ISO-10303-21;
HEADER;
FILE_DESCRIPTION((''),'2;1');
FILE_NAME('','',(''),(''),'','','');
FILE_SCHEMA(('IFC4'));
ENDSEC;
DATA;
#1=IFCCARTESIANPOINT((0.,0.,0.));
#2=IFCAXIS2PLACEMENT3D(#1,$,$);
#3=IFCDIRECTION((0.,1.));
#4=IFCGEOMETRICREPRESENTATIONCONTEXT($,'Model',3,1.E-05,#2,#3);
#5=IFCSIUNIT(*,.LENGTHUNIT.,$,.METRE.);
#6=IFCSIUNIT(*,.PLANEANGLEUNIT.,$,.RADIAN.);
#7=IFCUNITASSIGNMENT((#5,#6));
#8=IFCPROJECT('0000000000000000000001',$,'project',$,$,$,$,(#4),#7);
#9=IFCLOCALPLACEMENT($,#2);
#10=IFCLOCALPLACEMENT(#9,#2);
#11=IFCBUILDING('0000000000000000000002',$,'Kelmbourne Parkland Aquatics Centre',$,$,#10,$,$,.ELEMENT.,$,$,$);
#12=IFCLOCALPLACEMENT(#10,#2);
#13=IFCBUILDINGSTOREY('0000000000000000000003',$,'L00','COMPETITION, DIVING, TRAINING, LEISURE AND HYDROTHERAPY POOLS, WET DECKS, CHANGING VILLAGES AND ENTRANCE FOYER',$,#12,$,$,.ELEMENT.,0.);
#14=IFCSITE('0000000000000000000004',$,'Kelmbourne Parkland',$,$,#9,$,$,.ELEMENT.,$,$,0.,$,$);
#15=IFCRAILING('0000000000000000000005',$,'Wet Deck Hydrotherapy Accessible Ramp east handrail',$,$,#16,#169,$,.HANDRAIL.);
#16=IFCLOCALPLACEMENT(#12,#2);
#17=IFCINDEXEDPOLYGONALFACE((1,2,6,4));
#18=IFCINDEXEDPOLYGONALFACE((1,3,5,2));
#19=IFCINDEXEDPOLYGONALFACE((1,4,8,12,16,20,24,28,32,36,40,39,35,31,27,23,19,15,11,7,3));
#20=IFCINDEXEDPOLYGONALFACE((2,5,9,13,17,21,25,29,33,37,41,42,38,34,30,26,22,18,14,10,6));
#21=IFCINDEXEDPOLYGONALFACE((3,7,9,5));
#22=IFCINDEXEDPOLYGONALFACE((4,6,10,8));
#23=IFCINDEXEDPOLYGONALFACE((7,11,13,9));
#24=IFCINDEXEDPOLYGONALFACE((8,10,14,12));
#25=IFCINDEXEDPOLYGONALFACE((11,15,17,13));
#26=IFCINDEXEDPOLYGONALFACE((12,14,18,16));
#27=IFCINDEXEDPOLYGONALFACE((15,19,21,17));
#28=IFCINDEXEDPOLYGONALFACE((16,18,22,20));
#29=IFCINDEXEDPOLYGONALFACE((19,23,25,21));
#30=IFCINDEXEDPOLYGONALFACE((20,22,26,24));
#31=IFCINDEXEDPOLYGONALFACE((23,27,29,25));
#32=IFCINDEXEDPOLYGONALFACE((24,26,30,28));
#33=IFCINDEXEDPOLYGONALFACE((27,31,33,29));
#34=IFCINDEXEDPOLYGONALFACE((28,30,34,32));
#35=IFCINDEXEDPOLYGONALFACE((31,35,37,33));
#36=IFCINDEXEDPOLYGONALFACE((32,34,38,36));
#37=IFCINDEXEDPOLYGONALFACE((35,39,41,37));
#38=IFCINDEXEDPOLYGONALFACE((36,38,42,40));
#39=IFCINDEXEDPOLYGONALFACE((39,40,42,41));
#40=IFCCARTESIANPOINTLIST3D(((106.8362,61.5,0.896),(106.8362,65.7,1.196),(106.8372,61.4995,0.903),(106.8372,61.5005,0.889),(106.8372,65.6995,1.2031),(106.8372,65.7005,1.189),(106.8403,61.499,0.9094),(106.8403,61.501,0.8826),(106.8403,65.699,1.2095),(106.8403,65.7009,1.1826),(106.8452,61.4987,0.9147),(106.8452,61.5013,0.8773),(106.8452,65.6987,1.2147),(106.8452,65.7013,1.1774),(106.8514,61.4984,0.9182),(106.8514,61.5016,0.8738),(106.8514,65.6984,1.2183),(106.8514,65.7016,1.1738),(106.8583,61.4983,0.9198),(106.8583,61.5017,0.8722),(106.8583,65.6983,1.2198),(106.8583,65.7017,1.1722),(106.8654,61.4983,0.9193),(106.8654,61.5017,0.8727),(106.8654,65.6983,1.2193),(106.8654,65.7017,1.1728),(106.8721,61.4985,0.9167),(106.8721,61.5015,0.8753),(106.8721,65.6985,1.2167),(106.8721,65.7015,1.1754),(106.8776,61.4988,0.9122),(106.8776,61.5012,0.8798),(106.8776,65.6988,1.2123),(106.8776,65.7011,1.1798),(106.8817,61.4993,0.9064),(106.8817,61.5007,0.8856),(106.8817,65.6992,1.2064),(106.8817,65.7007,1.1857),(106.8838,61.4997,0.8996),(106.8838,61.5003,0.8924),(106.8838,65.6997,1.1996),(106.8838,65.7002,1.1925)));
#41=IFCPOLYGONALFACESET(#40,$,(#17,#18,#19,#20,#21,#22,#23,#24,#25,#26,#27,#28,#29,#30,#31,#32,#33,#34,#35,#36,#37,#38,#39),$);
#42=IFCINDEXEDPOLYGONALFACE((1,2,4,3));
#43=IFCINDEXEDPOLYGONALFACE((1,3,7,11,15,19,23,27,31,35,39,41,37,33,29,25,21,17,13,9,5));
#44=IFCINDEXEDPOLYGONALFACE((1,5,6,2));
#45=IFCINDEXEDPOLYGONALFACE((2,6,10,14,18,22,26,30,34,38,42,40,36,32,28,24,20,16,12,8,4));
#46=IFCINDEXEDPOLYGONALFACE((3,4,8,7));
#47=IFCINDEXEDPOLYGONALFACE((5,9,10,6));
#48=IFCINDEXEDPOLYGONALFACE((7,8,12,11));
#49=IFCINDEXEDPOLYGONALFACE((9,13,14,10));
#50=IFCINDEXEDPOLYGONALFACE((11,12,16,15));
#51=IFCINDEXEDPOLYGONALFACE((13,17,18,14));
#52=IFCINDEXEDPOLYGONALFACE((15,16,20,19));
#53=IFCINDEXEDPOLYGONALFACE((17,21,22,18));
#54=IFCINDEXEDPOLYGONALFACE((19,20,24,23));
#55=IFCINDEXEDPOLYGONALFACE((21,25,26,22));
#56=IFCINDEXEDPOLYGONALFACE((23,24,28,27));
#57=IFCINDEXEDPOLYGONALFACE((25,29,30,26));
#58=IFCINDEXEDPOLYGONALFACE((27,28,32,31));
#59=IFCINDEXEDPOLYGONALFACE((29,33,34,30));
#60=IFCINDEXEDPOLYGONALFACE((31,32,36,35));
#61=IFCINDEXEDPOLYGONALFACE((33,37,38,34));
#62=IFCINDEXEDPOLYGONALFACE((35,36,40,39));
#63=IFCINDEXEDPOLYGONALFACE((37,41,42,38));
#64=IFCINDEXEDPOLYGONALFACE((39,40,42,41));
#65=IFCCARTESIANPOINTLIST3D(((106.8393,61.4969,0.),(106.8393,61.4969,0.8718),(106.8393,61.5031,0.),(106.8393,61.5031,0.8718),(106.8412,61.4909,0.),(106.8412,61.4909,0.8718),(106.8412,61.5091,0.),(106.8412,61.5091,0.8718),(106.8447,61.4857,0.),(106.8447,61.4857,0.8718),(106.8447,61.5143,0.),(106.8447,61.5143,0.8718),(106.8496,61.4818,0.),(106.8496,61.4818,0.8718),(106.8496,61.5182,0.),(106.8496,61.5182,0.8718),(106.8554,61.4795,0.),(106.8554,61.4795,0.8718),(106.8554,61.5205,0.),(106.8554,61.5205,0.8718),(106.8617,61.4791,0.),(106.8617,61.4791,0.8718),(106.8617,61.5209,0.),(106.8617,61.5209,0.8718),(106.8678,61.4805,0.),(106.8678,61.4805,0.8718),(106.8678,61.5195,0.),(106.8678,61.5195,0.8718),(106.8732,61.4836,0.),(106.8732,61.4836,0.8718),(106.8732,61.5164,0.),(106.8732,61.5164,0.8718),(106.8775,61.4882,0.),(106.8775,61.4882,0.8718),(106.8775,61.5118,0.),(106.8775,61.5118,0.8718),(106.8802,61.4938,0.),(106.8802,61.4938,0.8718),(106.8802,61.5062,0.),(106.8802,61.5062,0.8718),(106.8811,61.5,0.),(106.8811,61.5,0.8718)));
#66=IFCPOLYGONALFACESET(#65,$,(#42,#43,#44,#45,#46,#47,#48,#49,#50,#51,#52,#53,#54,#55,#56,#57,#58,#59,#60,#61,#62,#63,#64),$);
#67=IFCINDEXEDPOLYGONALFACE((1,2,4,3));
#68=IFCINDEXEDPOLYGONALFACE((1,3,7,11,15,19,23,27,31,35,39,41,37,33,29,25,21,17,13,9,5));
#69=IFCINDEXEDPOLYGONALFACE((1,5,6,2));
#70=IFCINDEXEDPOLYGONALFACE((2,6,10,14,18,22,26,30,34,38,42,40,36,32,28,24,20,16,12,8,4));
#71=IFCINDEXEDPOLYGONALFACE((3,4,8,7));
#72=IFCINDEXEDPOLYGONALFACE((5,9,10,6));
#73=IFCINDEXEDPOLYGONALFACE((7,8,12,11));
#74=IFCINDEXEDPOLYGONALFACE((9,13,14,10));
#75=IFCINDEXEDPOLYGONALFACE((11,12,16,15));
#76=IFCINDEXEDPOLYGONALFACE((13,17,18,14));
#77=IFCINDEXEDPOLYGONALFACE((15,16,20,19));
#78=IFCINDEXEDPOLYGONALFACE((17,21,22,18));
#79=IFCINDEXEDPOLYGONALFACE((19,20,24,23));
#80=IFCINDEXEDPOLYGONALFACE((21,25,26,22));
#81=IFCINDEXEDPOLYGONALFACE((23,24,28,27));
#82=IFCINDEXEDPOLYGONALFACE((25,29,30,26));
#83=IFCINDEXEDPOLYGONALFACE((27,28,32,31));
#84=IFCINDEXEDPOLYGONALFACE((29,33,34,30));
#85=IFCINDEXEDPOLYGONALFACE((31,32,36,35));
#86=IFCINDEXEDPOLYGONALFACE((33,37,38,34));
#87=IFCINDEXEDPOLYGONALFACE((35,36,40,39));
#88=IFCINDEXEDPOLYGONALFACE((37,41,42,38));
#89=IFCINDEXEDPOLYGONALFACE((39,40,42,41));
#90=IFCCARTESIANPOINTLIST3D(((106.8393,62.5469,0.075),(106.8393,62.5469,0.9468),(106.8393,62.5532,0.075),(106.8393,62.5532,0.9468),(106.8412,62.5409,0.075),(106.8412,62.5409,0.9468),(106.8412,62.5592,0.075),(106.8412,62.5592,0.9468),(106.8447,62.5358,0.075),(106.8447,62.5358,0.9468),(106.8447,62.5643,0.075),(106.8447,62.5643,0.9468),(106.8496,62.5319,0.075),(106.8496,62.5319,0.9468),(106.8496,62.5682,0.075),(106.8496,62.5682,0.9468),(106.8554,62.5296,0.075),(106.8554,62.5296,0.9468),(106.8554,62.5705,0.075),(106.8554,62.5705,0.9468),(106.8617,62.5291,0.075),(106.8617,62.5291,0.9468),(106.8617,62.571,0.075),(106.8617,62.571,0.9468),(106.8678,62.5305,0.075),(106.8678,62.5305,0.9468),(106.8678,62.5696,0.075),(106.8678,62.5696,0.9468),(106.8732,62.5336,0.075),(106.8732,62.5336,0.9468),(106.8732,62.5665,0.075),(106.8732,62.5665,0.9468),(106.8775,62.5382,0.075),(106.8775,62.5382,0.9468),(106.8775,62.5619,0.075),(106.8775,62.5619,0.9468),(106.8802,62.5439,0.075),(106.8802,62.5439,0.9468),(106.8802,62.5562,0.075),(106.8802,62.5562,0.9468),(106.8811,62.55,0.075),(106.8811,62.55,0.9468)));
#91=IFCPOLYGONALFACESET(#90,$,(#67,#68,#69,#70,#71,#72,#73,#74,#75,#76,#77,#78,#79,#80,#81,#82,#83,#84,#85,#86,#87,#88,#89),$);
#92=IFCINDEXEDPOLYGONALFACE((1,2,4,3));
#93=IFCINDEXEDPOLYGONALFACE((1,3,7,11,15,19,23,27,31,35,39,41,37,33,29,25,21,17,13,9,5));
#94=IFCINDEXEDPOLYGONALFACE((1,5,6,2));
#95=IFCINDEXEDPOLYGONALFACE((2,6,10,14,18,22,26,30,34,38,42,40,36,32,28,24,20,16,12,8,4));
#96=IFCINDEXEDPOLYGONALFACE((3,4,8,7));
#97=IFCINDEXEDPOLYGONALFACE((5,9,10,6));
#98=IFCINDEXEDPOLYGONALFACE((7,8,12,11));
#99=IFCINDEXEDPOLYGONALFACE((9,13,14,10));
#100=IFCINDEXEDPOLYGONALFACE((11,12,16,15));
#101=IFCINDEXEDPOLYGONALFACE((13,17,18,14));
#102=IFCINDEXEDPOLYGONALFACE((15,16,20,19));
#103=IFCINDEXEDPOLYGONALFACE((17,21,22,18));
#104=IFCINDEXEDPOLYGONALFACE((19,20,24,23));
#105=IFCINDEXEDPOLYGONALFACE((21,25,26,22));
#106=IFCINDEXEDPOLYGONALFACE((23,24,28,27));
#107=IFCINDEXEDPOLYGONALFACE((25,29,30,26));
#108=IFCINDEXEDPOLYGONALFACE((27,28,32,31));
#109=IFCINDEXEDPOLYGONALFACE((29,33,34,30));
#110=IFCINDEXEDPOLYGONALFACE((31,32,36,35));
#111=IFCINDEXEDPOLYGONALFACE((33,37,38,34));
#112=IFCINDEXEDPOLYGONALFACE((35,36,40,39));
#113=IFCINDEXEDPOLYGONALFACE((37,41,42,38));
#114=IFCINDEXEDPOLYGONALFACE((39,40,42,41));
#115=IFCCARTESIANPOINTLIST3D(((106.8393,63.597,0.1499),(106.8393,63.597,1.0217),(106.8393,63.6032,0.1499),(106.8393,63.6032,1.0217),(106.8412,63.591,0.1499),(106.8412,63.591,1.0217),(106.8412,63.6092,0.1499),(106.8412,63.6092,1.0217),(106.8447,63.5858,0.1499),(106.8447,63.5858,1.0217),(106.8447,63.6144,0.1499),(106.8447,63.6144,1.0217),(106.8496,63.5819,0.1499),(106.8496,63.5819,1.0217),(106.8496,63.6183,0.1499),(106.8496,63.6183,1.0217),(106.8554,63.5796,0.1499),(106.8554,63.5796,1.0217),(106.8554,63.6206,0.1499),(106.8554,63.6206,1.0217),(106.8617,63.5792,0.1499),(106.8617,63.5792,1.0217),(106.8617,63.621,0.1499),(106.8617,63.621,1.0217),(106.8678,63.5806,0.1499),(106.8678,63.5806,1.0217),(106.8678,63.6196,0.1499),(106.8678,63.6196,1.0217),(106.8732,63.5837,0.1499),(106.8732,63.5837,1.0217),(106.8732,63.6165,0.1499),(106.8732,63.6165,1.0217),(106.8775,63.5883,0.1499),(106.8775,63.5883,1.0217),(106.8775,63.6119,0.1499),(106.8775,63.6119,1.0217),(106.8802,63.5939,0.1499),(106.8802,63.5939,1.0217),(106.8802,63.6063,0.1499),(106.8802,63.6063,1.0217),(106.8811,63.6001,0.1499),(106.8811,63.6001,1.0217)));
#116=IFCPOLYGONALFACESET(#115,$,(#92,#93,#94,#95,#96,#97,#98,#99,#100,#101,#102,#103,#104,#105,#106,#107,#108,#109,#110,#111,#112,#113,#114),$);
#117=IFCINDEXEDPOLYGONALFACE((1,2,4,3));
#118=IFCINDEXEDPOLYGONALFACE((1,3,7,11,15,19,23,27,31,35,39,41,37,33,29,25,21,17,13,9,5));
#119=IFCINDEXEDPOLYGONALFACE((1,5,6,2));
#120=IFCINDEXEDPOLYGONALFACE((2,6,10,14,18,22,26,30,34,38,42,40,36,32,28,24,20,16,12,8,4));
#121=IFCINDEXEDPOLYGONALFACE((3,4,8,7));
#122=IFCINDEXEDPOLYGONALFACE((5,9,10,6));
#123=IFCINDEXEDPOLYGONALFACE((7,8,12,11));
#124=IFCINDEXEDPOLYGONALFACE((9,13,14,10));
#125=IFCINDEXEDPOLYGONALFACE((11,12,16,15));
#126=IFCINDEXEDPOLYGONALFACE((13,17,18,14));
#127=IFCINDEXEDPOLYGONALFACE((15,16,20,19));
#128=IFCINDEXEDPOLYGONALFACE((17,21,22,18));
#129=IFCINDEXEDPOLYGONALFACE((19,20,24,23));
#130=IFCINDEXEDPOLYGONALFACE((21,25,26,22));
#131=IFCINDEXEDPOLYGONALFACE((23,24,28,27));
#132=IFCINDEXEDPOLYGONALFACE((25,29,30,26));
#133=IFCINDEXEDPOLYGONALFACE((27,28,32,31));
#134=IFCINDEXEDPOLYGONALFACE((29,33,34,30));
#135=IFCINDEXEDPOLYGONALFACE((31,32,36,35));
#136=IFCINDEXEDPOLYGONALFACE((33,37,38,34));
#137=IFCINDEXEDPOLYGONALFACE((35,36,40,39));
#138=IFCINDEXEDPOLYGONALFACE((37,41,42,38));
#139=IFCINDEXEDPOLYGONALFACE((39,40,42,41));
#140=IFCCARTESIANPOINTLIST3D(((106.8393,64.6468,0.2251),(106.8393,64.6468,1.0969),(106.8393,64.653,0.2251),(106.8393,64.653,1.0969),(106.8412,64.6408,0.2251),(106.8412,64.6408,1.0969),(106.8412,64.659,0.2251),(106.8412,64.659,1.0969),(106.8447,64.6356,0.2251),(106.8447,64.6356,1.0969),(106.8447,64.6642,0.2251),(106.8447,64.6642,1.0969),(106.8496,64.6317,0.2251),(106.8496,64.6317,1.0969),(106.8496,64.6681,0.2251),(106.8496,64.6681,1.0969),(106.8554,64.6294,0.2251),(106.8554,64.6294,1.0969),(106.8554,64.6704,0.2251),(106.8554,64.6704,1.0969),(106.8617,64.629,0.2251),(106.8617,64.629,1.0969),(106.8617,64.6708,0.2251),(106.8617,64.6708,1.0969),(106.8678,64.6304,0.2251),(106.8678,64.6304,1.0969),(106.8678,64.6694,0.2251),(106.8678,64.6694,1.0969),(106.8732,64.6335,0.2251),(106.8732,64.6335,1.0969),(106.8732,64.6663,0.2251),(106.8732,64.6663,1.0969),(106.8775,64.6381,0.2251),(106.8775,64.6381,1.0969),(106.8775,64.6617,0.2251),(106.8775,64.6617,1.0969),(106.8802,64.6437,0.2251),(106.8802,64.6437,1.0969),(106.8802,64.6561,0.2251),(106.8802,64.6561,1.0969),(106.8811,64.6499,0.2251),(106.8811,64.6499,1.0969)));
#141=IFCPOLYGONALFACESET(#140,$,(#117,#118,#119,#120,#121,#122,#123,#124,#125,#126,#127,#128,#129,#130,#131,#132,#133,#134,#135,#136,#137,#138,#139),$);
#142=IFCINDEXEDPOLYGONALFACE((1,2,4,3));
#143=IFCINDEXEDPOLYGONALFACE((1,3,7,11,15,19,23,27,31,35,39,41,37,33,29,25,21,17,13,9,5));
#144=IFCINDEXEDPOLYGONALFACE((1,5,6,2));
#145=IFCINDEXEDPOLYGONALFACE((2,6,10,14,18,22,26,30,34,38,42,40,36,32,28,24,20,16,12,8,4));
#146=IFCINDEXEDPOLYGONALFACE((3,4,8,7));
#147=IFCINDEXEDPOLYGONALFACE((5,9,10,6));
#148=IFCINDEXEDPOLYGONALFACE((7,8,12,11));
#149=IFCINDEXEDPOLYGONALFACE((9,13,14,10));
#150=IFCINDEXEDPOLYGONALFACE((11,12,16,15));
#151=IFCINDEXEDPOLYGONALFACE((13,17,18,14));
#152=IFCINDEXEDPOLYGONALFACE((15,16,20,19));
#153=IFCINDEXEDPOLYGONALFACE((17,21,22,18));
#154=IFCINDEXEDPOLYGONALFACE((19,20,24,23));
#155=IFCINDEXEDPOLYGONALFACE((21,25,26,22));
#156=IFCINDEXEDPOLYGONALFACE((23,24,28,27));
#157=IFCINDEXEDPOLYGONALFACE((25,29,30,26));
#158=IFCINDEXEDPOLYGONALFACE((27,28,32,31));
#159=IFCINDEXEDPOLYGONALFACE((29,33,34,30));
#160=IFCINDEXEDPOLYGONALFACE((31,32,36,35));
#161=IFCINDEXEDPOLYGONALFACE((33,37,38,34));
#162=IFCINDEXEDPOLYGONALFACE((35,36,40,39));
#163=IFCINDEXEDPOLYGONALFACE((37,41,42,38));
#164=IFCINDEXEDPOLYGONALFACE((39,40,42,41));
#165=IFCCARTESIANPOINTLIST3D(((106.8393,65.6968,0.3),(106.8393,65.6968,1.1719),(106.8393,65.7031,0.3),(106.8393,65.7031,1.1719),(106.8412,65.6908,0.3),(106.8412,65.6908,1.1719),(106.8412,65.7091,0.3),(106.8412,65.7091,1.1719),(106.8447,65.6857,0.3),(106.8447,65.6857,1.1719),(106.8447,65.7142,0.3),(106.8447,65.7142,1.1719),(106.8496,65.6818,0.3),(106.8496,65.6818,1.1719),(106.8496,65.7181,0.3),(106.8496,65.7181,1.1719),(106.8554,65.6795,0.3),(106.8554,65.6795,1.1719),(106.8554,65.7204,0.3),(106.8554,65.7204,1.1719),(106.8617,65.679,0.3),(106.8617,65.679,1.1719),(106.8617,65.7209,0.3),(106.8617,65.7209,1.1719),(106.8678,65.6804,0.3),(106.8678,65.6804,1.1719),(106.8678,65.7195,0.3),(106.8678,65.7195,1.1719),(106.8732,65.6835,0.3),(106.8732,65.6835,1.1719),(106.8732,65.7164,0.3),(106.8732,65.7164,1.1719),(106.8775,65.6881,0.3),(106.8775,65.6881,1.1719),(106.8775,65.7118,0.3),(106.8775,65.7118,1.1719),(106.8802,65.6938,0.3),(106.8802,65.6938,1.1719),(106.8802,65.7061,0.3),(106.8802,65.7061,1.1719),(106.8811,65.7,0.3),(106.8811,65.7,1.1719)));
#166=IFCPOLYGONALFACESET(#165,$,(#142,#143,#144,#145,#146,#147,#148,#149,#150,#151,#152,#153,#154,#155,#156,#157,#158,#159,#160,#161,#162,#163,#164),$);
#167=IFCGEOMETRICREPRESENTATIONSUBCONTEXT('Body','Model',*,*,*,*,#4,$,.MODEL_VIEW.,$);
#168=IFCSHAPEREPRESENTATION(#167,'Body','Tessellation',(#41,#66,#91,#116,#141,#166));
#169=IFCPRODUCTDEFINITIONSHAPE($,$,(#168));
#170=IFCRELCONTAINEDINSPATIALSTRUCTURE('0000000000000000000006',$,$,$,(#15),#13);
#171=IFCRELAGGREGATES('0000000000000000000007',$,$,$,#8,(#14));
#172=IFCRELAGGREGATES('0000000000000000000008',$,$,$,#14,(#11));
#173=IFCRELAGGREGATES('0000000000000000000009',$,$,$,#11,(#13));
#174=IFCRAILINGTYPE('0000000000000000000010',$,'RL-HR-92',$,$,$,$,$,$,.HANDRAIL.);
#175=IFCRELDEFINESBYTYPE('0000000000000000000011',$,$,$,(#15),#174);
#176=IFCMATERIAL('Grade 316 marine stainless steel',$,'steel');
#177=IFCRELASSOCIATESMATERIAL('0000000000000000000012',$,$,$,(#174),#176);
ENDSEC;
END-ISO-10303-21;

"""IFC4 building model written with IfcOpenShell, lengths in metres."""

from ifc_helpers import new_model, si_unit, direction, frame, origin, origin_2d, place, context, subcontext, project, spatial, circle, extrude, material, type_object, element, save


model = new_model("IFC4")

# Units and contexts
model_context = context("Model", 3, precision=1e-05, world=origin(), true_north=direction((0.0, 1.0)))
body_context = subcontext(model_context, "Body", "Model", "MODEL_VIEW")
ifc_project = project(units=[si_unit("LENGTHUNIT", "METRE"), si_unit("PLANEANGLEUNIT", "RADIAN")], contexts=[model_context])

# Site, building, storey
site_placement = place(None, origin())
site = spatial("IfcSite", under=ifc_project, at=site_placement, Name="Kelmbourne Parkland", CompositionType="ELEMENT", RefElevation=0.0)
building_placement = place(site_placement, origin())
building = spatial("IfcBuilding", under=site, at=building_placement, Name="Kelmbourne Parkland Aquatics Centre", CompositionType="ELEMENT")
storey_placement = place(building_placement, origin())
storey = spatial("IfcBuildingStorey", under=building, at=storey_placement, Name="L00", Description="COMPETITION, DIVING, TRAINING, LEISURE AND HYDROTHERAPY POOLS, WET DECKS, CHANGING VILLAGES AND ENTRANCE FOYER", CompositionType="ELEMENT", Elevation=0.0)

# Railing
ifc_material_1 = material(Name="Grade 316 marine stainless steel", Category="steel")
railing_type = type_object("IfcRailingType", Name="RL-HR-92", PredefinedType="HANDRAIL", material=ifc_material_1)
for number, where, name in (
    (1, (106.8601, 61.5, 0.0), "Wet Deck Hydrotherapy Accessible Ramp east handrail"),
):
    element("IfcRailing", number, at=place(storey_placement, frame(where)), inside=storey, type_object=railing_type, Name=name, PredefinedType="HANDRAIL", context=body_context, shape_type="SweptSolid", body=[
        extrude(circle(Radius=0.0239, at=origin_2d()), frame((0.0, 0.0, 0.896), z_axis=(0.0, 0.997458, 0.071259), x_axis=(-1.0, 0.0, 0.0)), (0.0, 0.0, 1.0), 4.2107),
        extrude(circle(Radius=0.021, at=origin_2d()), origin(), (0.0, 0.0, 1.0), 0.8718),
        extrude(circle(Radius=0.021, at=origin_2d()), frame((0.0, 1.05, 0.075)), (0.0, 0.0, 1.0), 0.8718),
        extrude(circle(Radius=0.021, at=origin_2d()), frame((0.0, 2.1001, 0.1499)), (0.0, 0.0, 1.0), 0.8718),
        extrude(circle(Radius=0.021, at=origin_2d()), frame((0.0, 3.1499, 0.2251)), (0.0, 0.0, 1.0), 0.8718),
        extrude(circle(Radius=0.021, at=origin_2d()), frame((0.0, 4.2, 0.3)), (0.0, 0.0, 1.0), 0.8718),
    ])

save(model, "model.ifc")
